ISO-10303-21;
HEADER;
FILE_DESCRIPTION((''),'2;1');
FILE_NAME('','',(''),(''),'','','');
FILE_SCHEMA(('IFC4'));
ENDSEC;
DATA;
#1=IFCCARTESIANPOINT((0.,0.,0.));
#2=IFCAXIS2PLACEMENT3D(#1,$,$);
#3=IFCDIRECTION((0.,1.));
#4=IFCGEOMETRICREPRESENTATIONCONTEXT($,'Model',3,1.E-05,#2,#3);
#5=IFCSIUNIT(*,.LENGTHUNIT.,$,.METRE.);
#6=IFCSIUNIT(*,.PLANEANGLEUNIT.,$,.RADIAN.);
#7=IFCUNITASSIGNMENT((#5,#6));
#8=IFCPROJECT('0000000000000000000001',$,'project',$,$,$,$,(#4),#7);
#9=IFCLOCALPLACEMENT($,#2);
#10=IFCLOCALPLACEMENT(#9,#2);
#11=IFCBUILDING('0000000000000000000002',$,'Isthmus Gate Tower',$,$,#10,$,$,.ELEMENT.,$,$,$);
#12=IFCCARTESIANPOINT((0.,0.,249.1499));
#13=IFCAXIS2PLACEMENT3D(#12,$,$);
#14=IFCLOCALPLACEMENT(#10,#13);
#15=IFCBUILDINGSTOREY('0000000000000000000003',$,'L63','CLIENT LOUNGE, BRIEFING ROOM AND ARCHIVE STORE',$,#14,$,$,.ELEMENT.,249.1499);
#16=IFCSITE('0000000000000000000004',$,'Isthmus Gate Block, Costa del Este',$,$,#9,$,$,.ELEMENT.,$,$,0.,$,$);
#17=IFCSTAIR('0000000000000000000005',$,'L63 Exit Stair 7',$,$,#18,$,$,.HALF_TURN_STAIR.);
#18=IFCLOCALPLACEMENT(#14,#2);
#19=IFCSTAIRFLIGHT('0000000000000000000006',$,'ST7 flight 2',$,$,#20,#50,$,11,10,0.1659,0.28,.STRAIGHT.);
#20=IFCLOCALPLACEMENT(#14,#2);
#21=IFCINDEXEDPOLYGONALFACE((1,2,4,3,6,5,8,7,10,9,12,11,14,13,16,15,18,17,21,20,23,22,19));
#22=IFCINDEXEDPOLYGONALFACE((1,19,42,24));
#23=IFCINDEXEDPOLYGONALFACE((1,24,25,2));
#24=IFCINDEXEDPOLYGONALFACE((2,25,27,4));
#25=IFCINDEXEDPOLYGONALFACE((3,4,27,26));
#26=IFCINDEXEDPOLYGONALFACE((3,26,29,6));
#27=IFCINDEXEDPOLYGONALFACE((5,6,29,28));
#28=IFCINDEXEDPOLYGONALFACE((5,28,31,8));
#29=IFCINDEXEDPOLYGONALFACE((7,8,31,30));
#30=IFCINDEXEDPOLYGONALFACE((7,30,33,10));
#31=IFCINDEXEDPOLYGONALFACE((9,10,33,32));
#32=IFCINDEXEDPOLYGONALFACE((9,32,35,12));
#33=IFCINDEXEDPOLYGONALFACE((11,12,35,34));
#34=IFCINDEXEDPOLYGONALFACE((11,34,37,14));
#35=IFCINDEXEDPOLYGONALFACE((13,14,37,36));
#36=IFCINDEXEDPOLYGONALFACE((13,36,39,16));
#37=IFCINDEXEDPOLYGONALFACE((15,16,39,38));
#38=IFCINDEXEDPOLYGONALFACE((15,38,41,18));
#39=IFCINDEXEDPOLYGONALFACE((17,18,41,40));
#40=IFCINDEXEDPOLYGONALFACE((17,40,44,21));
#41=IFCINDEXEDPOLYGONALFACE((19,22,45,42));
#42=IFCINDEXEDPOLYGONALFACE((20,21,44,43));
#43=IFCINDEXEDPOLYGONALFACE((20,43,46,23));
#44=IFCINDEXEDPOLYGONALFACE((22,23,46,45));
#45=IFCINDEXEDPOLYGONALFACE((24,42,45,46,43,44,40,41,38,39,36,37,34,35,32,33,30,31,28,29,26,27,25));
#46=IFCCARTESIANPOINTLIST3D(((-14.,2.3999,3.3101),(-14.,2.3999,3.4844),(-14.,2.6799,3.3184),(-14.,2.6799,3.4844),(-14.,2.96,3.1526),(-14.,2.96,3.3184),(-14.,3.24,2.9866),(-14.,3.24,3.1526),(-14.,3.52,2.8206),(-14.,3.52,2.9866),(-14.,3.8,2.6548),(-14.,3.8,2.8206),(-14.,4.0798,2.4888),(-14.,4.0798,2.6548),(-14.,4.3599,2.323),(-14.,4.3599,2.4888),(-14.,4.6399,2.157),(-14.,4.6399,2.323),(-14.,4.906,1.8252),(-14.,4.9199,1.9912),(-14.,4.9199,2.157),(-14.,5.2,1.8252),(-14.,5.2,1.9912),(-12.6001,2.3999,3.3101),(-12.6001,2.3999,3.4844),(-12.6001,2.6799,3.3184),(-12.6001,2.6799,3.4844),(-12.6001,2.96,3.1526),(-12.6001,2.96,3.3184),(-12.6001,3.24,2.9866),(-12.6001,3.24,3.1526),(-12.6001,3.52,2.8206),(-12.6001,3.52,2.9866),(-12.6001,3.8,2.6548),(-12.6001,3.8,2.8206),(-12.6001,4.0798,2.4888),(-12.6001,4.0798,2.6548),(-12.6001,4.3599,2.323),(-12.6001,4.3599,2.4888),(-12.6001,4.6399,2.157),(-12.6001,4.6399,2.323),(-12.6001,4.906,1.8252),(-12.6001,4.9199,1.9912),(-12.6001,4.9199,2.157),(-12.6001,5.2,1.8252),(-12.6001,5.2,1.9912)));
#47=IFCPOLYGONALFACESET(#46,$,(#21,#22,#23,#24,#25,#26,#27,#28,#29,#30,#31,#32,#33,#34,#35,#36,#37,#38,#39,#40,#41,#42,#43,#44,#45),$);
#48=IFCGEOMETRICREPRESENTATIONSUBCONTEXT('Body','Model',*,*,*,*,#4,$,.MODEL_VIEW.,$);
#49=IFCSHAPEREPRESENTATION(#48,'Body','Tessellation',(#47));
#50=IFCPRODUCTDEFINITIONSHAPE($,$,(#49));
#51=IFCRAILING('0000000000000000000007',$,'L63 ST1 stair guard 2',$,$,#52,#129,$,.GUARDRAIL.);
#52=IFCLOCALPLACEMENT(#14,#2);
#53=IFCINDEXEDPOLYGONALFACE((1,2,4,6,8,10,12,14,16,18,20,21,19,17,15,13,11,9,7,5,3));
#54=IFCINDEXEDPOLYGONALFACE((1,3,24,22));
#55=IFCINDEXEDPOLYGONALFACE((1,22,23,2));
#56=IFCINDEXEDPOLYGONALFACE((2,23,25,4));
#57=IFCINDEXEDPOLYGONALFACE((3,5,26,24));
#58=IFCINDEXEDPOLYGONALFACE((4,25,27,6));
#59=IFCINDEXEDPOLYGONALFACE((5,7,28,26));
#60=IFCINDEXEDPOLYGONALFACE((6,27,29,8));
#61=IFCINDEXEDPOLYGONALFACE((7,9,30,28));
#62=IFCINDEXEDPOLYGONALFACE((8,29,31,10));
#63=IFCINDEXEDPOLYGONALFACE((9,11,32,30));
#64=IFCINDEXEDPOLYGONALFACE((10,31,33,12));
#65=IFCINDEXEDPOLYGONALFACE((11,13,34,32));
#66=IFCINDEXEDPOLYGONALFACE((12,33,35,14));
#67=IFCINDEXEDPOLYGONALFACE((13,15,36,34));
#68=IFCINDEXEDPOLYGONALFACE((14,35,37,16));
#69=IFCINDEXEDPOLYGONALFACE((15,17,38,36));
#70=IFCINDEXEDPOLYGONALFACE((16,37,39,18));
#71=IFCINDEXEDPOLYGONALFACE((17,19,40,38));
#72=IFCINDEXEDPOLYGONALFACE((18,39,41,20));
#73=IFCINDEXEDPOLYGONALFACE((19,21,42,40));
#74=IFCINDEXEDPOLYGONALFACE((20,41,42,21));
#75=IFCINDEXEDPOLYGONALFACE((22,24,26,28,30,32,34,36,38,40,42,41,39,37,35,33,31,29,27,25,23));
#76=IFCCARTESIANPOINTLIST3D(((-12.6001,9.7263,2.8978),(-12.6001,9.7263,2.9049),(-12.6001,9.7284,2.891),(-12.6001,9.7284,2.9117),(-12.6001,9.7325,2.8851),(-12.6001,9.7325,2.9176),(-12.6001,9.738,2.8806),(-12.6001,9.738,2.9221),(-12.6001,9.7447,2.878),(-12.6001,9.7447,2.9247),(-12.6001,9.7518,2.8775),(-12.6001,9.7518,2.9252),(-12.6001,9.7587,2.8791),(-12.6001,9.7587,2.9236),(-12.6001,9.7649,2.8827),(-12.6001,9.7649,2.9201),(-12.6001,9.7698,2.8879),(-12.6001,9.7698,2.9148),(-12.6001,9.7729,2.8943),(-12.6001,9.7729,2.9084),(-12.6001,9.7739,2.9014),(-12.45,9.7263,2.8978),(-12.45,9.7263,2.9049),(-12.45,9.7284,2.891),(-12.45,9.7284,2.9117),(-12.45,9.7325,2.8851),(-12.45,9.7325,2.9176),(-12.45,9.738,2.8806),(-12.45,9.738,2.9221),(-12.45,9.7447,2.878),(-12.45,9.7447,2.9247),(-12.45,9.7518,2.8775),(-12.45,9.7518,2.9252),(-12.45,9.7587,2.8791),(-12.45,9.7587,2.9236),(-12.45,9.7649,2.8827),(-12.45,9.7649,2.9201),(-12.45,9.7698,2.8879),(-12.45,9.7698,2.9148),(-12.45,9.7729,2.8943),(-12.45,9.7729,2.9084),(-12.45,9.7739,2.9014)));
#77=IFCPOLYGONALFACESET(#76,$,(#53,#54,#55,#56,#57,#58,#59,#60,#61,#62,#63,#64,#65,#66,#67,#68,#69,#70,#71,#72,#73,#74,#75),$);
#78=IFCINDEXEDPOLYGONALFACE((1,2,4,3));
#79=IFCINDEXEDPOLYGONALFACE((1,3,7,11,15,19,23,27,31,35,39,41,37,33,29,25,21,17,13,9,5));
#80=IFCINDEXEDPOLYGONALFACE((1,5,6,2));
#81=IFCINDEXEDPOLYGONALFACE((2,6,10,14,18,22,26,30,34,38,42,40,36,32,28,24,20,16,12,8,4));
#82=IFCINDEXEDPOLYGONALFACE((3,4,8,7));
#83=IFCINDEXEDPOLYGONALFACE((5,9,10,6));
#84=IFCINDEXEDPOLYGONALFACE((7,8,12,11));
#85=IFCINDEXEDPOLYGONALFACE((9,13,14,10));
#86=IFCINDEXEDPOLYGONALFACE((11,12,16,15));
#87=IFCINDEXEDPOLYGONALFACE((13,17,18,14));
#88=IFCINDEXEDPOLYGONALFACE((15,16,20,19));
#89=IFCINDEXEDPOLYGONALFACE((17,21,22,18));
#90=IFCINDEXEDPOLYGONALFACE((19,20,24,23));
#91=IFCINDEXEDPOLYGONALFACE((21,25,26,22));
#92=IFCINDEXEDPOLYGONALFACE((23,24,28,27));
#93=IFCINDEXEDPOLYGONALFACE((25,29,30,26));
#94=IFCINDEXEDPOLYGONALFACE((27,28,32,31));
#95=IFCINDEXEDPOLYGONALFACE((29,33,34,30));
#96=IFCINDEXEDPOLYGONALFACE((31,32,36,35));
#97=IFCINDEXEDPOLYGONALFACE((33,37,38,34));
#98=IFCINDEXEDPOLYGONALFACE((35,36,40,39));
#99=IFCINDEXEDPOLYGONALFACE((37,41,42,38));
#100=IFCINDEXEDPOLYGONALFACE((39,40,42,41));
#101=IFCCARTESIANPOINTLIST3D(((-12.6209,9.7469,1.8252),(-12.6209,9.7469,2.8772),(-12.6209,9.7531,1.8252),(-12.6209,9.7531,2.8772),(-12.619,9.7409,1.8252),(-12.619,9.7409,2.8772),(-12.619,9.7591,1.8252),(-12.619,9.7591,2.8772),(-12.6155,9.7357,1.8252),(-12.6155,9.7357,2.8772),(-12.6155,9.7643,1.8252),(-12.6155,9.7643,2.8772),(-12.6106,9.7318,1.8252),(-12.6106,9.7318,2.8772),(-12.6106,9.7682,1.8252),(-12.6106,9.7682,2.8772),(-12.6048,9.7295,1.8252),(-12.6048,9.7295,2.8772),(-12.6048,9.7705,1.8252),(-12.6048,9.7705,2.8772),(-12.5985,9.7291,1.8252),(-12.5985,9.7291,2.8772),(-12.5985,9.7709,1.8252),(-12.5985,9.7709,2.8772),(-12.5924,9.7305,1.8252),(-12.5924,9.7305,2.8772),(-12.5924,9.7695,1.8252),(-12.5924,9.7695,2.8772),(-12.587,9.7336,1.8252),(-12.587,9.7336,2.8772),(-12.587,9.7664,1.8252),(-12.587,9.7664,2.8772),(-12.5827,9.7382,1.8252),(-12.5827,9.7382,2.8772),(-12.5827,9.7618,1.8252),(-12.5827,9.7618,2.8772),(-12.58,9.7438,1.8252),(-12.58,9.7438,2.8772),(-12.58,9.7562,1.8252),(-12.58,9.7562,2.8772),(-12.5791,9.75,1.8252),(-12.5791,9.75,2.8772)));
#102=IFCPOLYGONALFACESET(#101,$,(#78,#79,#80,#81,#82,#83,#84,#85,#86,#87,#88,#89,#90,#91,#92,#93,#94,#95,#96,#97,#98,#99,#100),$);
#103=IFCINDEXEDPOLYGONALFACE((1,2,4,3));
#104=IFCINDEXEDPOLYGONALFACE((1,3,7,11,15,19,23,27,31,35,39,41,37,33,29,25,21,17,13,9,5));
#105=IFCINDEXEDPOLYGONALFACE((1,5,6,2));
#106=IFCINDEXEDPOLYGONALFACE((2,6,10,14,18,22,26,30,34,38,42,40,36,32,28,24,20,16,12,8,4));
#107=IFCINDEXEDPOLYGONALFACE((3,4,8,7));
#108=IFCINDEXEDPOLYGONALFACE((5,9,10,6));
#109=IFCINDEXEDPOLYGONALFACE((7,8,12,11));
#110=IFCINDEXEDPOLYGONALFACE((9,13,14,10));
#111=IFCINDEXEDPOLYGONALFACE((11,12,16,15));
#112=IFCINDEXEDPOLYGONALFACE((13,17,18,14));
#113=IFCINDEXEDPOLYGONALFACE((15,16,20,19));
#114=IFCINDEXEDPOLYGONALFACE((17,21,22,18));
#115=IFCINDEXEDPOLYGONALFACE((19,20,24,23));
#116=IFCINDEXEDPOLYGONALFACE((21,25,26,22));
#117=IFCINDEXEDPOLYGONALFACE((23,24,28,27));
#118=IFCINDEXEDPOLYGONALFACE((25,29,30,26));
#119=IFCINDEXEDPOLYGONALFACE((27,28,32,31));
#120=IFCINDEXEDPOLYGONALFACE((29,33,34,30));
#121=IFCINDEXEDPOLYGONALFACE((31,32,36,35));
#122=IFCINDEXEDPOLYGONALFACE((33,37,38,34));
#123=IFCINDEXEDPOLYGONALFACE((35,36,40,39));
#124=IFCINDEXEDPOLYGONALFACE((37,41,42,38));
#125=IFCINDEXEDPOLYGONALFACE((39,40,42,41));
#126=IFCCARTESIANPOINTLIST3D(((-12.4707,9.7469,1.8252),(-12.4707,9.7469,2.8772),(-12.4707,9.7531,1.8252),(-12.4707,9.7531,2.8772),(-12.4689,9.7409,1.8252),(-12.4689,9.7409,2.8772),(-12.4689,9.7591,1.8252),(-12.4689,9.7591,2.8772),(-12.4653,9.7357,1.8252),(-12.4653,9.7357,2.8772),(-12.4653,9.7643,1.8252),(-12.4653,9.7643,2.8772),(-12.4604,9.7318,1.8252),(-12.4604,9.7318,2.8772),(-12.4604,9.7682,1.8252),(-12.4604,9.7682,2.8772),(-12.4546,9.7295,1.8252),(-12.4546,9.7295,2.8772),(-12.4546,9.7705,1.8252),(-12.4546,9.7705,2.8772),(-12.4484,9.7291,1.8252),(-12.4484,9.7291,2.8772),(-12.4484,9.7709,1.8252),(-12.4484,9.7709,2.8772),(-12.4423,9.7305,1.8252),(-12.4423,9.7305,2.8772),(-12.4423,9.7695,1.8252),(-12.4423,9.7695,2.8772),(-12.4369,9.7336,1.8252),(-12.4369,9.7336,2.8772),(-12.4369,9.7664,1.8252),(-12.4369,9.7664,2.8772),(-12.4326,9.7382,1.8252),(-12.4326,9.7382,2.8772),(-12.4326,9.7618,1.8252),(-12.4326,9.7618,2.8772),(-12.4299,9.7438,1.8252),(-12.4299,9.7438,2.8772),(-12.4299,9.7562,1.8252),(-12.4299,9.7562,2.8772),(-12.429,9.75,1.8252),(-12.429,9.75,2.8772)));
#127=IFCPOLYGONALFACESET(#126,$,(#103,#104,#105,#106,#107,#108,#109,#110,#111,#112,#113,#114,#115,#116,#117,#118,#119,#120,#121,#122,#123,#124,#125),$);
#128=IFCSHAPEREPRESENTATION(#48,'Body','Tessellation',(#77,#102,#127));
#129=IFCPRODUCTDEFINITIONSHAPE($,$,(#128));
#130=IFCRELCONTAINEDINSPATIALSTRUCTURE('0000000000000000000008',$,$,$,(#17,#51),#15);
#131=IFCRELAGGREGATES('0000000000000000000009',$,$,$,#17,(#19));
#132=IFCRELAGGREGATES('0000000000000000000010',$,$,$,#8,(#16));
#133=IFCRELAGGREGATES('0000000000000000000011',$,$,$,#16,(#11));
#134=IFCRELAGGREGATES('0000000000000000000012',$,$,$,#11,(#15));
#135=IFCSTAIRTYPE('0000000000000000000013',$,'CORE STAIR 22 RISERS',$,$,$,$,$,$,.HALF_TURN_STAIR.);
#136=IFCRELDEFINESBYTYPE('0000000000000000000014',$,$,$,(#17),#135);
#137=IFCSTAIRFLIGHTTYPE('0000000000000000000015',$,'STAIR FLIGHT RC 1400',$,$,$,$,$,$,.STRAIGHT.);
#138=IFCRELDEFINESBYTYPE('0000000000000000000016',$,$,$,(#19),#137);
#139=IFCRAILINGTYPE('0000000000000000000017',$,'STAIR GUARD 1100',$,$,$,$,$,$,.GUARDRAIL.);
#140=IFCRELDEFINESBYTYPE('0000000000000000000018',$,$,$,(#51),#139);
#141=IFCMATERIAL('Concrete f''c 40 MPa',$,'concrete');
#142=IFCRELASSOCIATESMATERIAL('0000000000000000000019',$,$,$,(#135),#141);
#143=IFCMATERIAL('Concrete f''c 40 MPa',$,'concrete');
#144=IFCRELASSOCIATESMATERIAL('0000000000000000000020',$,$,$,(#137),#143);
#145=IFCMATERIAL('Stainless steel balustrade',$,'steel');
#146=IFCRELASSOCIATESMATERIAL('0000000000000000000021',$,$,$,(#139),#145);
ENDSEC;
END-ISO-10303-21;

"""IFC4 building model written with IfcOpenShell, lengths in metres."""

from ifc_helpers import new_model, si_unit, direction, frame, origin, origin_2d, place, context, subcontext, project, spatial, polyline, circle, outline, extrude, material, type_object, element, aggregate, save


model = new_model("IFC4")

# Units and contexts
model_context = context("Model", 3, precision=1e-05, world=origin(), true_north=direction((0.0, 1.0)))
body_context = subcontext(model_context, "Body", "Model", "MODEL_VIEW")
ifc_project = project(units=[si_unit("LENGTHUNIT", "METRE"), si_unit("PLANEANGLEUNIT", "RADIAN")], contexts=[model_context])

# Site, building, storey
site_placement = place(None, origin())
site = spatial("IfcSite", under=ifc_project, at=site_placement, Name="Isthmus Gate Block, Costa del Este", CompositionType="ELEMENT", RefElevation=0.0)
building_placement = place(site_placement, origin())
building = spatial("IfcBuilding", under=site, at=building_placement, Name="Isthmus Gate Tower", CompositionType="ELEMENT")
storey_placement = place(building_placement, frame((0.0, 0.0, 249.1499)))
storey = spatial("IfcBuildingStorey", under=building, at=storey_placement, Name="L63", Description="CLIENT LOUNGE, BRIEFING ROOM AND ARCHIVE STORE", CompositionType="ELEMENT", Elevation=249.1499)

# Stair, stair flight
ifc_material_1 = material(Name="Concrete f'c 40 MPa", Category="concrete")
stair_type = type_object("IfcStairType", Name="CORE STAIR 22 RISERS", PredefinedType="HALF_TURN_STAIR", material=ifc_material_1)
ifc_material_2 = material(Name="Concrete f'c 40 MPa", Category="concrete")
stair_flight_type = type_object("IfcStairFlightType", Name="STAIR FLIGHT RC 1400", PredefinedType="STRAIGHT", material=ifc_material_2)
stair_1_placement = place(storey_placement, origin())
stair_1 = element("IfcStair", 1, at=stair_1_placement, inside=storey, type_object=stair_type, Name="L63 Exit Stair 7", PredefinedType="HALF_TURN_STAIR")
stair_flight_1_placement = place(storey_placement, frame((-13.3, 5.2, 1.8252), z_axis=(0.0, 0.0, 1.0), x_axis=(0.0, -1.0, 0.0)))
stair_flight_1 = element("IfcStairFlight", 2, at=stair_flight_1_placement, type_object=stair_flight_type, Name="ST7 flight 2", NumberOfRisers=11, NumberOfTreads=10, PredefinedType="STRAIGHT", RiserHeight=0.1659, TreadLength=0.28, context=body_context, shape_type="SweptSolid", body=[
    extrude(outline(polyline([(0.0, 0.0), (0.0, 0.166), (0.28, 0.166), (0.28, 0.3318), (0.5601, 0.3318), (0.5601, 0.4978), (0.8401, 0.4978), (0.8401, 0.6636), (1.1201, 0.6636), (1.1201, 0.8296), (1.3999, 0.8296), (1.3999, 0.9954), (1.6799, 0.9954), (1.6799, 1.1614), (1.96, 1.1614), (1.96, 1.3274), (2.24, 1.3274), (2.24, 1.4932), (2.52, 1.4932), (2.52, 1.6592), (2.8, 1.6592), (2.8, 1.825), (2.8, 1.4849), (0.2939, 0.0), (0.0, 0.0)])), frame((0.0, 0.7, 0.0), z_axis=(0.0, -1.0, 0.0), x_axis=(1.0, 0.0, 0.0)), (0.0, 0.0, 1.0), 1.3999),
])
aggregate(stair_1, [stair_flight_1])

# Railing
ifc_material_3 = material(Name="Stainless steel balustrade", Category="steel")
railing_type_1 = type_object("IfcRailingType", Name="STAIR GUARD 1100", PredefinedType="GUARDRAIL", material=ifc_material_3)
railing_1_placement = place(storey_placement, frame((-12.6001, 9.75, 1.8252)))
element("IfcRailing", 3, at=railing_1_placement, inside=storey, type_object=railing_type_1, Name="L63 ST1 stair guard 2", PredefinedType="GUARDRAIL", context=body_context, shape_type="SweptSolid", body=[
    extrude(circle(Radius=0.0239, at=origin_2d()), frame((0.0, 0.0, 1.0762), z_axis=(1.0, 0.0, 0.0), x_axis=(0.0, 1.0, 0.0)), (0.0, 0.0, 1.0), 0.1501),
    extrude(circle(Radius=0.021, at=origin_2d()), origin(), (0.0, 0.0, 1.0), 1.052),
    extrude(circle(Radius=0.021, at=origin_2d()), frame((0.1501, 0.0, 0.0)), (0.0, 0.0, 1.0), 1.052),
])

save(model, "model.ifc")
